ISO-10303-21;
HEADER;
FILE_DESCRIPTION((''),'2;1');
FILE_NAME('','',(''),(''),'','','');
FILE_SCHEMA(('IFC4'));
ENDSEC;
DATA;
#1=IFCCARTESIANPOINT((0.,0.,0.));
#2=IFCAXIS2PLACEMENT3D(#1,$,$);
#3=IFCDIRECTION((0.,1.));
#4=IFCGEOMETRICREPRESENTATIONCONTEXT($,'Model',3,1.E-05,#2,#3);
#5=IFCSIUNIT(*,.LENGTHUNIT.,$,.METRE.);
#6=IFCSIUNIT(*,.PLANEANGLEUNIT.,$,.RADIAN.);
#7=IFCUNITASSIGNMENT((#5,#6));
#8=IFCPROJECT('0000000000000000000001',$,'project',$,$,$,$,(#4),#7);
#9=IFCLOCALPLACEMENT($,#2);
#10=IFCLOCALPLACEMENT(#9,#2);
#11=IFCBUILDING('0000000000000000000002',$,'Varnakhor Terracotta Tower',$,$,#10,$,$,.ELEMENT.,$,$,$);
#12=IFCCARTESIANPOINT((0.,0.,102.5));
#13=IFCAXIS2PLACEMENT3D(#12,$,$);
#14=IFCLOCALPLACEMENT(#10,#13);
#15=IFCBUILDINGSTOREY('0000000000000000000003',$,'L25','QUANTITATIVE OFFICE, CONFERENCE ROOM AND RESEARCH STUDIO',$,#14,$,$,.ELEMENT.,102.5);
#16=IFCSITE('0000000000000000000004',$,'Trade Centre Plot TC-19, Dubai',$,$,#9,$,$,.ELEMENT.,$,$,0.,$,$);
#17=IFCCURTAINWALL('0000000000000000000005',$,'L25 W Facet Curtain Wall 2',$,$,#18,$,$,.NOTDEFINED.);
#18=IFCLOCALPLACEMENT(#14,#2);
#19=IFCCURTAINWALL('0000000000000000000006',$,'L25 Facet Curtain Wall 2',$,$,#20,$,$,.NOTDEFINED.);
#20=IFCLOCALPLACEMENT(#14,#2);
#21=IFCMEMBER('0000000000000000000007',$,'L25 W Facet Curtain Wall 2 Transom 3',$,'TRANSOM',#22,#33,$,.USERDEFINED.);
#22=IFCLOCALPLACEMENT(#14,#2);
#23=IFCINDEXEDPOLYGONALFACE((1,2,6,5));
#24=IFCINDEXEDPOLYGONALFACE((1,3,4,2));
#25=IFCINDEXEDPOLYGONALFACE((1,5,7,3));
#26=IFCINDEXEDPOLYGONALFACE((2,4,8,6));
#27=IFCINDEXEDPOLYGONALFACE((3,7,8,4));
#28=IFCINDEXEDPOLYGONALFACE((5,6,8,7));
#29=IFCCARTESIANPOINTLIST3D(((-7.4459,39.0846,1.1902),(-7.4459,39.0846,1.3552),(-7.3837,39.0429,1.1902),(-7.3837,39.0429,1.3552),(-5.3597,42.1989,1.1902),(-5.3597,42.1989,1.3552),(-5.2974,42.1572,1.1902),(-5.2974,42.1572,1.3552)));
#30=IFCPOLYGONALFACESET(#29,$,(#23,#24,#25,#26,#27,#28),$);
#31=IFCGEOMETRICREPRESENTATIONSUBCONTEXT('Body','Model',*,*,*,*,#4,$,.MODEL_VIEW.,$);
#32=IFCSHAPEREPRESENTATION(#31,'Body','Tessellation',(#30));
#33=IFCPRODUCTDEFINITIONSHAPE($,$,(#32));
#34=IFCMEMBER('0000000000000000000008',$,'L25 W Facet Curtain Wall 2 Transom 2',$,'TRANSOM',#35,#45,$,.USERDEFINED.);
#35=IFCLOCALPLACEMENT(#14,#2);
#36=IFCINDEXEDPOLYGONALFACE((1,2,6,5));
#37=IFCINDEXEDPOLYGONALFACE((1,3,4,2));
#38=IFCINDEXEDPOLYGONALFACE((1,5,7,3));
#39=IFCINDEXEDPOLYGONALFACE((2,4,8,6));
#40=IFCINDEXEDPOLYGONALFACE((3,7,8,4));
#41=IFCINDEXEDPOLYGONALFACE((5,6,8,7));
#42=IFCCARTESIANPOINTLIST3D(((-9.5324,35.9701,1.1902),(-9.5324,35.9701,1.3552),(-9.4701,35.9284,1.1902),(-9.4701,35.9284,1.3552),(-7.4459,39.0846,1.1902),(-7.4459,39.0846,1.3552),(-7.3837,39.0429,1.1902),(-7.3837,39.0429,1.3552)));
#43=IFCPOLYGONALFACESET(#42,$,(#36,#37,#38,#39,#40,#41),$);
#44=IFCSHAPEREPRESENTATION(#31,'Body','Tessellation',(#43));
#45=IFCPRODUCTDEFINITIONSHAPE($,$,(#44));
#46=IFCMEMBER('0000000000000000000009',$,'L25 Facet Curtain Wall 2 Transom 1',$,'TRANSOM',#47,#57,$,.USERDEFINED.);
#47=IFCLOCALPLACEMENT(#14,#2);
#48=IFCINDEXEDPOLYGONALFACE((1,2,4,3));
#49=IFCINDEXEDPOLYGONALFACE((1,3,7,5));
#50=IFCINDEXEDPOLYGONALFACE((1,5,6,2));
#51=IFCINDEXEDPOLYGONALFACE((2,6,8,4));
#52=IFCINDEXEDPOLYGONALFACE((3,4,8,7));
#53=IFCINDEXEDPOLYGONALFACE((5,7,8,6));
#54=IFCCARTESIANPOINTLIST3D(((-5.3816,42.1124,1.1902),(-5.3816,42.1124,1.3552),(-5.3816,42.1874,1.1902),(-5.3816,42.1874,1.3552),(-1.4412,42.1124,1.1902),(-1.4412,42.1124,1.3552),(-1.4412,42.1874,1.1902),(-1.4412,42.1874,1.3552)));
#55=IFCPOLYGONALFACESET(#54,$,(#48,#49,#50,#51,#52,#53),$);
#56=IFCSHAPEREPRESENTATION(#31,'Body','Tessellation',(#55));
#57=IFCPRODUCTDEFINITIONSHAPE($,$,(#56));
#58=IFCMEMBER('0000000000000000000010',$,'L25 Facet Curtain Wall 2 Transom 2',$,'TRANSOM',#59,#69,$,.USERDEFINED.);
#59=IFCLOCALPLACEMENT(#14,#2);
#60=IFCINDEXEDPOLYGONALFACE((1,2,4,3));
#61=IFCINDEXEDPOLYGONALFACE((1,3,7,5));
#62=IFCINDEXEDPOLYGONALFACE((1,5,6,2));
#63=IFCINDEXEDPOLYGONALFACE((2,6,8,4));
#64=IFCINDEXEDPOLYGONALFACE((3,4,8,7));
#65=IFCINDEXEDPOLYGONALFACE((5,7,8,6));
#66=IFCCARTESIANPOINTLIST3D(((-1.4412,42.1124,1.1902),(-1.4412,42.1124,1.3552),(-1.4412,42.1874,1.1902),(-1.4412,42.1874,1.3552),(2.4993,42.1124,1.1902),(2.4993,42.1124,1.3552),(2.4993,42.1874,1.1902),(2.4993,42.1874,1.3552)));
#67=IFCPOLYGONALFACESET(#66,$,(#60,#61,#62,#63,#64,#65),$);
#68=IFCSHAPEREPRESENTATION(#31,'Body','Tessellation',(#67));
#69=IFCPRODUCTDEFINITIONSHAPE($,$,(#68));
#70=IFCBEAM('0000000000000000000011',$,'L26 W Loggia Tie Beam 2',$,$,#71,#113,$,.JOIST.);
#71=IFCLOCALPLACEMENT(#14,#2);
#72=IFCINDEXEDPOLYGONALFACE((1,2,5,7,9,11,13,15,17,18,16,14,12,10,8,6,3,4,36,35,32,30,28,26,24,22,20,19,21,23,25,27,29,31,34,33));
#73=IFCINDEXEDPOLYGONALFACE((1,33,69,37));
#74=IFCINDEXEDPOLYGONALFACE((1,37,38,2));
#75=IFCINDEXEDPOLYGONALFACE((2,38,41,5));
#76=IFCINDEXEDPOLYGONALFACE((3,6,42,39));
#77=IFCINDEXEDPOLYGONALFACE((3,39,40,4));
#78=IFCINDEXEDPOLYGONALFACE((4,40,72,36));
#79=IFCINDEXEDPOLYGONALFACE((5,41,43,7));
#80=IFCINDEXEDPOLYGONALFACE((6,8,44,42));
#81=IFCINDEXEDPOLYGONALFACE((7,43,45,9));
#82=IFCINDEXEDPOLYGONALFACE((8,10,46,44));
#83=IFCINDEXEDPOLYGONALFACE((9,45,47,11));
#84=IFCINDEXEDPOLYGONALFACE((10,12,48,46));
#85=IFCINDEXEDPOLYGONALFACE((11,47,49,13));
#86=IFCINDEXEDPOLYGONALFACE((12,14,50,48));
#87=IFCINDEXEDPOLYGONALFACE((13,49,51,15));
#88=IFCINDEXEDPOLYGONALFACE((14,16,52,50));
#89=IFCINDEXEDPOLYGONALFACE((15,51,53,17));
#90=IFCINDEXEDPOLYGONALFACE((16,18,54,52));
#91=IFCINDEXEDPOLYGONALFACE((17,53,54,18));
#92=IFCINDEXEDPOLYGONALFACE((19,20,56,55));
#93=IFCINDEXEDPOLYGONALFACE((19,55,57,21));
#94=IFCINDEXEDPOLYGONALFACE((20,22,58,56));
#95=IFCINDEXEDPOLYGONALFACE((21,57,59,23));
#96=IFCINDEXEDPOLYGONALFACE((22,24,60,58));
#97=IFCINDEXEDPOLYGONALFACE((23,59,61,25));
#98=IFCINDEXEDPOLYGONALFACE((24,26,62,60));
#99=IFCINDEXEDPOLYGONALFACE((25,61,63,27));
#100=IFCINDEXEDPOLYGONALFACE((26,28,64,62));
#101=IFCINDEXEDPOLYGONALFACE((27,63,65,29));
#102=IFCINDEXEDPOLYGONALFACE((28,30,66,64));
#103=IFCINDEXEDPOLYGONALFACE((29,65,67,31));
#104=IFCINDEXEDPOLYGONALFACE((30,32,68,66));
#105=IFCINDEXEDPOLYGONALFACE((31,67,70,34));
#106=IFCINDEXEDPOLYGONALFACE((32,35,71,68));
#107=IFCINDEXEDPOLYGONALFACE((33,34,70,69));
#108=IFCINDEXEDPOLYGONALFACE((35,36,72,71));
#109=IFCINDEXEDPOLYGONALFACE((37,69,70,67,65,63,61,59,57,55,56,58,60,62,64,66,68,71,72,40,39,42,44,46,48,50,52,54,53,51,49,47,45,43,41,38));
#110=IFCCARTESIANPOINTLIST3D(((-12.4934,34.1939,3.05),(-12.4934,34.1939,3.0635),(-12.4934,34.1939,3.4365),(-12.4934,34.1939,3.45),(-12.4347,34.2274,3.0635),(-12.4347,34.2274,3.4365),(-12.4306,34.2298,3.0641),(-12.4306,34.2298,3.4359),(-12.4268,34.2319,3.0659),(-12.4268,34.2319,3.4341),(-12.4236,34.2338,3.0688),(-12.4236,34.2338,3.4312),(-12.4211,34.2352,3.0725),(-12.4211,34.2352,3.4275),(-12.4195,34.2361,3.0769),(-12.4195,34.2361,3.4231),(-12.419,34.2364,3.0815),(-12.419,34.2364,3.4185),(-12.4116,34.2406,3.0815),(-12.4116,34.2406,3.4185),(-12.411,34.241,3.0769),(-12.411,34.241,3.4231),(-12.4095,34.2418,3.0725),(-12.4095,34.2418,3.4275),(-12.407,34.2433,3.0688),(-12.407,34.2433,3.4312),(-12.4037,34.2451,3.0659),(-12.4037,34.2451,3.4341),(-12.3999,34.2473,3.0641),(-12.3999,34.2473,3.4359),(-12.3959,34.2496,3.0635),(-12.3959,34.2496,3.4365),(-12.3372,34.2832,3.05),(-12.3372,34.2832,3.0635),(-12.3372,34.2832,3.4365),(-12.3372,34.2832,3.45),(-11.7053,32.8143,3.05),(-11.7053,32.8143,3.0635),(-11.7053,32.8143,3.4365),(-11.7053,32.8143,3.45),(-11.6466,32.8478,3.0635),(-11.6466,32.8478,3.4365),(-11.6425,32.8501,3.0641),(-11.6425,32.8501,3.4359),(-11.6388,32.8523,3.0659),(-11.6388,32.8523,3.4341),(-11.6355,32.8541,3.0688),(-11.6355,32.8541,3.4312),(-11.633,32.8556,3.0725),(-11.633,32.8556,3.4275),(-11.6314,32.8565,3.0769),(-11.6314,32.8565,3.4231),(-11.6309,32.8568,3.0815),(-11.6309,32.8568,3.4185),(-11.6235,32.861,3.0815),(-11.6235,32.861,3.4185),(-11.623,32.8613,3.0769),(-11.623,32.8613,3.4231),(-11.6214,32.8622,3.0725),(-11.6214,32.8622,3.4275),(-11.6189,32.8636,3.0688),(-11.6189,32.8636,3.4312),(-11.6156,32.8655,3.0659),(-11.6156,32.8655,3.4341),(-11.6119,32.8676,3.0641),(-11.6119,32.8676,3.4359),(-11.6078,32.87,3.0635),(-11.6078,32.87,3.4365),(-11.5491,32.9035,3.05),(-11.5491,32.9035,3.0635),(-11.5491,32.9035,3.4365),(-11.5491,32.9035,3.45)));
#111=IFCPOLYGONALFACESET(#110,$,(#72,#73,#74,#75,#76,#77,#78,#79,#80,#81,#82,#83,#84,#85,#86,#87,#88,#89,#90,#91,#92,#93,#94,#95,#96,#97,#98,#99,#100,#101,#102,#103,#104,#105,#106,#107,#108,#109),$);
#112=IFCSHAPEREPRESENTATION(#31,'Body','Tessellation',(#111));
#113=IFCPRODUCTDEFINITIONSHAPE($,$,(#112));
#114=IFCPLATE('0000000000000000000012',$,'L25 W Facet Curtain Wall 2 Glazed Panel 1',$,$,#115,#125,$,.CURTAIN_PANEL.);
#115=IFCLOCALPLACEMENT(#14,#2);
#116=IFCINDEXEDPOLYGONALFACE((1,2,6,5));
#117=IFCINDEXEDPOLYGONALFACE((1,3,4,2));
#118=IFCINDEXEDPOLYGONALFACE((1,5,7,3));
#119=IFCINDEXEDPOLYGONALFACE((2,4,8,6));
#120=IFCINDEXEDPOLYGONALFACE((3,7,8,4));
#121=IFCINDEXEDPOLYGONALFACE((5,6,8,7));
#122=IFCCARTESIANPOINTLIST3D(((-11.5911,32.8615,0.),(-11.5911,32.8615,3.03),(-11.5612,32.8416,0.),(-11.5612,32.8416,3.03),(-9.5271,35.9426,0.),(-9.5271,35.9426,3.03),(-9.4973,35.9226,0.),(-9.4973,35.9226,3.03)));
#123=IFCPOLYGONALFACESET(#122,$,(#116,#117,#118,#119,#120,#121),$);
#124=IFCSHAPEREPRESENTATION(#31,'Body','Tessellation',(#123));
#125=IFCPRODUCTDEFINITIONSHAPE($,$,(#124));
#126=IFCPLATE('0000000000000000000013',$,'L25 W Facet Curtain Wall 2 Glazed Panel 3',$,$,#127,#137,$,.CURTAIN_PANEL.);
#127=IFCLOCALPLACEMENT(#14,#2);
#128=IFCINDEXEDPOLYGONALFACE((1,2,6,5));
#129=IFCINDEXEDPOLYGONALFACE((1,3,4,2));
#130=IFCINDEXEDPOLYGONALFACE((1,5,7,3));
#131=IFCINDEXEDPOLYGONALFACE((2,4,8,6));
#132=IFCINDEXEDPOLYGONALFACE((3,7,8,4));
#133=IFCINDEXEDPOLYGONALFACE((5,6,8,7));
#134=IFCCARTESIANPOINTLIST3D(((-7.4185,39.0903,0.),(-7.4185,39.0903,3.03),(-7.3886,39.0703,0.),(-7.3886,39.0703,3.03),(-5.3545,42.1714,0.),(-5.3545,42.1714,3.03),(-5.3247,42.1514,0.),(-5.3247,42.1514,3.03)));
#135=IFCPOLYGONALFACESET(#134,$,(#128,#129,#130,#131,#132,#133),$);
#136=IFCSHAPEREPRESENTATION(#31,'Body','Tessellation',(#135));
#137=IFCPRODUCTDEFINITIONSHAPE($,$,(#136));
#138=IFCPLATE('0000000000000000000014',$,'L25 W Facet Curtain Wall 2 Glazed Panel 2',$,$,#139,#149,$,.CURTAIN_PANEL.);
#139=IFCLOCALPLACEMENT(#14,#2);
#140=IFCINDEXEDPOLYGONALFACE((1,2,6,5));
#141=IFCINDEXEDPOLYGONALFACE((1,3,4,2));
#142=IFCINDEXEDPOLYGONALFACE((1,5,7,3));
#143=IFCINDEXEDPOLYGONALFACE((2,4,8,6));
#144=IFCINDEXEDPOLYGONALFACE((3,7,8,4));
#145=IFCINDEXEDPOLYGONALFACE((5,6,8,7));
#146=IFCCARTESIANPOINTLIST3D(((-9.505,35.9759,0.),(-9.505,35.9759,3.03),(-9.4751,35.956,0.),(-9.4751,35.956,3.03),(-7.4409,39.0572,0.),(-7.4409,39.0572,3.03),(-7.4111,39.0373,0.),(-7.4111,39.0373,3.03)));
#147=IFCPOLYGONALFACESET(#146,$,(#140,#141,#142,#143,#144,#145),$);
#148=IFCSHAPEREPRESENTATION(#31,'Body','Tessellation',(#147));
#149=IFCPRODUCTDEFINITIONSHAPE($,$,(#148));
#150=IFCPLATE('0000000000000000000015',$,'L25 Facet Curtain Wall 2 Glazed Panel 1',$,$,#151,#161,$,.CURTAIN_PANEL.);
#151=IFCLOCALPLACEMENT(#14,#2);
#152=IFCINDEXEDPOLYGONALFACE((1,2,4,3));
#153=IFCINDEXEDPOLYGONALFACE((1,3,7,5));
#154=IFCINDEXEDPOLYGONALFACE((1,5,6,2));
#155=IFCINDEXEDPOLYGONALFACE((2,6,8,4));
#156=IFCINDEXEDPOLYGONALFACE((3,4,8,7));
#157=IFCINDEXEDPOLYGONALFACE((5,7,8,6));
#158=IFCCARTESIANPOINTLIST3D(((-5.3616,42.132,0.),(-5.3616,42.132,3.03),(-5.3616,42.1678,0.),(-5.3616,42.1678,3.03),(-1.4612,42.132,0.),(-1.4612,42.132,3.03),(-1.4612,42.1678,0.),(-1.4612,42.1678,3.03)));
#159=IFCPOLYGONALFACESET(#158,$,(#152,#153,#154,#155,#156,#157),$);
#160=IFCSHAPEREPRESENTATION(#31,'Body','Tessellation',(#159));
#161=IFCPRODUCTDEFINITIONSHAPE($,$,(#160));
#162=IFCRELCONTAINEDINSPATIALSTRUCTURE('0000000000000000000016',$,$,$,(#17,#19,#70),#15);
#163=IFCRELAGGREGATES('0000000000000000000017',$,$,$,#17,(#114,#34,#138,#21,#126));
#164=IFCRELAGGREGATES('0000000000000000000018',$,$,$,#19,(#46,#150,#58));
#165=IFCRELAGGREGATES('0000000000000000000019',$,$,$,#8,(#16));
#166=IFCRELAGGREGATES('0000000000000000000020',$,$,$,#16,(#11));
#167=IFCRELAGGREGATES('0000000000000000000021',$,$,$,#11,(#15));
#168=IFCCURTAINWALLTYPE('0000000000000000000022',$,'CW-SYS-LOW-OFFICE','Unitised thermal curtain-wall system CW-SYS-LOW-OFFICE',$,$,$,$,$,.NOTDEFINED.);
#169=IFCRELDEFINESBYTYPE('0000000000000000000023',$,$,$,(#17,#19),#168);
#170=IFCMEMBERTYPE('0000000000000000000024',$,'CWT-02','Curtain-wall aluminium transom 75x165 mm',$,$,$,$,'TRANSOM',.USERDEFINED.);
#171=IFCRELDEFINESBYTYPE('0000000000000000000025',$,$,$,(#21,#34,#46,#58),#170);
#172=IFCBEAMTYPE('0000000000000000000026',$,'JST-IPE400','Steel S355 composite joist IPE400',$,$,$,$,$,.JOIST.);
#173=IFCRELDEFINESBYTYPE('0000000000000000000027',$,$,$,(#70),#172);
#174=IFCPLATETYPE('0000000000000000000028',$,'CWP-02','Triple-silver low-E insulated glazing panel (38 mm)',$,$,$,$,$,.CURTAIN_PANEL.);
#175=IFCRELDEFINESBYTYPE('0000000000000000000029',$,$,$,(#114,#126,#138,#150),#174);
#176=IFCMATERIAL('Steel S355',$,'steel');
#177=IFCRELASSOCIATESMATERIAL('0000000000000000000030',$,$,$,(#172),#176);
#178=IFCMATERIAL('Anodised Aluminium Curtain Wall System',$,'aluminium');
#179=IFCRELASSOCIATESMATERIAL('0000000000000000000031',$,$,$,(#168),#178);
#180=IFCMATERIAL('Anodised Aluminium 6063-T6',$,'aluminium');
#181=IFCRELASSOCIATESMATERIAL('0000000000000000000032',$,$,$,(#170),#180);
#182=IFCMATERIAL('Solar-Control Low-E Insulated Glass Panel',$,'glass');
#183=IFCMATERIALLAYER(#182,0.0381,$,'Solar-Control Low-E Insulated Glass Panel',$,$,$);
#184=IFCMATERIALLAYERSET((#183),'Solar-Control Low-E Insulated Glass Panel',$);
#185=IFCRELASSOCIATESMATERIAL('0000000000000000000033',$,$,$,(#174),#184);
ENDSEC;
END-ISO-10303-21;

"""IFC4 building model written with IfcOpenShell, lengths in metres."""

from ifc_helpers import new_model, si_unit, direction, frame, origin, origin_2d, place, context, subcontext, project, spatial, rectangle, i_section, extrude, source, transform, mapped, material, layer, layer_set, material_profile, profile_set, type_object, element, aggregate, save


model = new_model("IFC4")

# Units and contexts
model_context = context("Model", 3, precision=1e-05, world=origin(), true_north=direction((0.0, 1.0)))
body_context = subcontext(model_context, "Body", "Model", "MODEL_VIEW")
ifc_project = project(units=[si_unit("LENGTHUNIT", "METRE"), si_unit("PLANEANGLEUNIT", "RADIAN")], contexts=[model_context])

# Site, building, storey
site_placement = place(None, origin())
site = spatial("IfcSite", under=ifc_project, at=site_placement, Name="Trade Centre Plot TC-19, Dubai", CompositionType="ELEMENT", RefElevation=0.0)
building_placement = place(site_placement, origin())
building = spatial("IfcBuilding", under=site, at=building_placement, Name="Varnakhor Terracotta Tower", CompositionType="ELEMENT")
storey_placement = place(building_placement, frame((0.0, 0.0, 102.5)))
storey = spatial("IfcBuildingStorey", under=building, at=storey_placement, Name="L25", Description="QUANTITATIVE OFFICE, CONFERENCE ROOM AND RESEARCH STUDIO", CompositionType="ELEMENT", Elevation=102.5)

# Shared definitions
ifc_material_1 = material(Name="Steel S355", Category="steel")
ifc_material_profile_1 = material_profile(ifc_material_1, i_section(OverallWidth=0.1799, OverallDepth=0.3999, WebThickness=0.0085, FlangeThickness=0.0134, FilletRadius=0.0181, at=origin_2d()), Name="IPE400")
ifc_profile_set_1 = profile_set([ifc_material_profile_1], Name="Steel S355")
beam_type_1 = type_object("IfcBeamType", Name="JST-IPE400", Description="Steel S355 composite joist IPE400", PredefinedType="JOIST", material=ifc_profile_set_1)

# Curtain walls
ifc_material_2 = material(Name="Anodised Aluminium Curtain Wall System", Category="aluminium")
curtain_wall_type = type_object("IfcCurtainWallType", Name="CW-SYS-LOW-OFFICE", Description="Unitised thermal curtain-wall system CW-SYS-LOW-OFFICE", PredefinedType="NOTDEFINED", material=ifc_material_2)
curtain_wall_1_placement = place(storey_placement, origin())
curtain_wall_1 = element("IfcCurtainWall", 1, at=curtain_wall_1_placement, inside=storey, type_object=curtain_wall_type, Name="L25 W Facet Curtain Wall 2", PredefinedType="NOTDEFINED")
ifc_material_3 = material(Name="Anodised Aluminium 6063-T6", Category="aluminium")
curtain_wall_2_placement = place(storey_placement, origin())
curtain_wall_2 = element("IfcCurtainWall", 2, at=curtain_wall_2_placement, inside=storey, type_object=curtain_wall_type, Name="L25 Facet Curtain Wall 2", PredefinedType="NOTDEFINED")

# Members
ifc_material_profile_2 = material_profile(ifc_material_3, rectangle(XDim=0.075, YDim=0.165, at=origin_2d()), Name="ALU TRANSOM 75x165")
ifc_profile_set_2 = profile_set([ifc_material_profile_2], Name="Anodised Aluminium 6063-T6")
member_type_1 = type_object("IfcMemberType", Name="CWT-02", Description="Curtain-wall aluminium transom 75x165 mm", ElementType="TRANSOM", PredefinedType="USERDEFINED", material=ifc_profile_set_2)
shared_shape_1 = source(origin(), body_context, "Body", "SweptSolid", [
    extrude(rectangle(XDim=0.075, YDim=0.165, at=origin_2d()), origin(), (0.0, 0.0, 1.0), 3.7485),
])
member_1_placement = place(storey_placement, frame((-7.4148, 39.0637, 1.2727), z_axis=(0.556548, 0.830816, 0.0), x_axis=(-0.830816, 0.556548, 0.0)))
member_1 = element("IfcMember", 3, at=member_1_placement, type_object=member_type_1, Name="L25 W Facet Curtain Wall 2 Transom 3", ObjectType="TRANSOM", PredefinedType="USERDEFINED", context=body_context, shape_type="MappedRepresentation", body=[
    mapped(shared_shape_1, transform((0.0, 0.0, 0.0), scale=1.0)),
])
shared_shape_2 = source(origin(), body_context, "Body", "SweptSolid", [
    extrude(rectangle(XDim=0.075, YDim=0.165, at=origin_2d()), origin(), (0.0, 0.0, 1.0), 3.7488),
])
member_2_placement = place(storey_placement, frame((-9.5012, 35.9492, 1.2727), z_axis=(0.556562, 0.830806, 0.0), x_axis=(-0.830806, 0.556562, 0.0)))
member_2 = element("IfcMember", 4, at=member_2_placement, type_object=member_type_1, Name="L25 W Facet Curtain Wall 2 Transom 2", ObjectType="TRANSOM", PredefinedType="USERDEFINED", context=body_context, shape_type="MappedRepresentation", body=[
    mapped(shared_shape_2, transform((0.0, 0.0, 0.0), scale=1.0)),
])
shared_shape_3 = source(origin(), body_context, "Body", "SweptSolid", [
    extrude(rectangle(XDim=0.075, YDim=0.165, at=origin_2d()), origin(), (0.0, 0.0, 1.0), 3.9404),
])
member_3_placement = place(storey_placement, frame((-5.3816, 42.1499, 1.2727), z_axis=(1.0, 0.0, 0.0), x_axis=(0.0, 1.0, 0.0)))
member_3 = element("IfcMember", 5, at=member_3_placement, type_object=member_type_1, Name="L25 Facet Curtain Wall 2 Transom 1", ObjectType="TRANSOM", PredefinedType="USERDEFINED", context=body_context, shape_type="MappedRepresentation", body=[
    mapped(shared_shape_3, transform((0.0, 0.0, 0.0), scale=1.0)),
])
member_4_placement = place(storey_placement, frame((-1.4412, 42.1499, 1.2727), z_axis=(1.0, 0.0, 0.0), x_axis=(0.0, 1.0, 0.0)))
member_4 = element("IfcMember", 6, at=member_4_placement, type_object=member_type_1, Name="L25 Facet Curtain Wall 2 Transom 2", ObjectType="TRANSOM", PredefinedType="USERDEFINED", context=body_context, shape_type="MappedRepresentation", body=[
    mapped(shared_shape_3, transform((0.0, 0.0, 0.0), scale=1.0)),
])

# Beam
shared_shape_4 = source(origin(), body_context, "Body", "SweptSolid", [
    extrude(i_section(OverallWidth=0.1799, OverallDepth=0.3999, WebThickness=0.0085, FlangeThickness=0.0134, FilletRadius=0.0181, at=origin_2d()), origin(), (0.0, 0.0, 1.0), 1.5889),
])
beam_1_placement = place(storey_placement, frame((-11.6272, 32.8589, 3.25), z_axis=(-0.496007, 0.868319, 0.0), x_axis=(-0.868319, -0.496007, 0.0)))
element("IfcBeam", 7, at=beam_1_placement, inside=storey, type_object=beam_type_1, Name="L26 W Loggia Tie Beam 2", PredefinedType="JOIST", context=body_context, shape_type="MappedRepresentation", body=[
    mapped(shared_shape_4, transform((0.0, 0.0, 0.0), scale=1.0)),
])

# Plates
ifc_material_4 = material(Name="Solar-Control Low-E Insulated Glass Panel", Category="glass")
ifc_layer_1 = layer(ifc_material_4, 0.0381, Name="Solar-Control Low-E Insulated Glass Panel")
ifc_layer_set_1 = layer_set([ifc_layer_1], Name="Solar-Control Low-E Insulated Glass Panel")
plate_type = type_object("IfcPlateType", Name="CWP-02", Description="Triple-silver low-E insulated glazing panel (38 mm)", PredefinedType="CURTAIN_PANEL", material=ifc_layer_set_1)
shared_shape_5 = source(origin(), body_context, "Body", "SweptSolid", [
    extrude(rectangle(XDim=3.7085, YDim=0.0359, at=origin_2d()), origin(), (0.0, 0.0, 1.0), 3.03),
])
plate_1_placement = place(storey_placement, frame((-10.5442, 34.3921, 0.0), z_axis=(0.0, 0.0, 1.0), x_axis=(0.556542, 0.830819, 0.0)))
plate_1 = element("IfcPlate", 8, at=plate_1_placement, type_object=plate_type, Name="L25 W Facet Curtain Wall 2 Glazed Panel 1", PredefinedType="CURTAIN_PANEL", context=body_context, shape_type="MappedRepresentation", body=[
    mapped(shared_shape_5, transform((0.0, 0.0, 0.0), scale=1.0)),
])
plate_2_placement = place(storey_placement, frame((-6.3716, 40.6208, 0.0), z_axis=(0.0, 0.0, 1.0), x_axis=(0.556542, 0.830819, 0.0)))
plate_2 = element("IfcPlate", 9, at=plate_2_placement, type_object=plate_type, Name="L25 W Facet Curtain Wall 2 Glazed Panel 3", PredefinedType="CURTAIN_PANEL", context=body_context, shape_type="MappedRepresentation", body=[
    mapped(shared_shape_5, transform((0.0, 0.0, 0.0), scale=1.0)),
])
shared_shape_6 = source(origin(), body_context, "Body", "SweptSolid", [
    extrude(rectangle(XDim=3.7087, YDim=0.0359, at=origin_2d()), origin(), (0.0, 0.0, 1.0), 3.03),
])
plate_3_placement = place(storey_placement, frame((-8.458, 37.5066, 0.0), z_axis=(0.0, 0.0, 1.0), x_axis=(0.556542, 0.830819, 0.0)))
plate_3 = element("IfcPlate", 10, at=plate_3_placement, type_object=plate_type, Name="L25 W Facet Curtain Wall 2 Glazed Panel 2", PredefinedType="CURTAIN_PANEL", context=body_context, shape_type="MappedRepresentation", body=[
    mapped(shared_shape_6, transform((0.0, 0.0, 0.0), scale=1.0)),
])
aggregate(curtain_wall_1, [plate_1, member_2, plate_3, member_1, plate_2])
shared_shape_7 = source(origin(), body_context, "Body", "SweptSolid", [
    extrude(rectangle(XDim=3.9004, YDim=0.0359, at=origin_2d()), origin(), (0.0, 0.0, 1.0), 3.03),
])
plate_4_placement = place(storey_placement, frame((-3.4114, 42.1499, 0.0), z_axis=(0.0, 0.0, 1.0), x_axis=(1.0, 0.0, 0.0)))
plate_4 = element("IfcPlate", 11, at=plate_4_placement, type_object=plate_type, Name="L25 Facet Curtain Wall 2 Glazed Panel 1", PredefinedType="CURTAIN_PANEL", context=body_context, shape_type="MappedRepresentation", body=[
    mapped(shared_shape_7, transform((0.0, 0.0, 0.0), scale=1.0)),
])
aggregate(curtain_wall_2, [member_3, plate_4, member_4])

save(model, "model.ifc")
